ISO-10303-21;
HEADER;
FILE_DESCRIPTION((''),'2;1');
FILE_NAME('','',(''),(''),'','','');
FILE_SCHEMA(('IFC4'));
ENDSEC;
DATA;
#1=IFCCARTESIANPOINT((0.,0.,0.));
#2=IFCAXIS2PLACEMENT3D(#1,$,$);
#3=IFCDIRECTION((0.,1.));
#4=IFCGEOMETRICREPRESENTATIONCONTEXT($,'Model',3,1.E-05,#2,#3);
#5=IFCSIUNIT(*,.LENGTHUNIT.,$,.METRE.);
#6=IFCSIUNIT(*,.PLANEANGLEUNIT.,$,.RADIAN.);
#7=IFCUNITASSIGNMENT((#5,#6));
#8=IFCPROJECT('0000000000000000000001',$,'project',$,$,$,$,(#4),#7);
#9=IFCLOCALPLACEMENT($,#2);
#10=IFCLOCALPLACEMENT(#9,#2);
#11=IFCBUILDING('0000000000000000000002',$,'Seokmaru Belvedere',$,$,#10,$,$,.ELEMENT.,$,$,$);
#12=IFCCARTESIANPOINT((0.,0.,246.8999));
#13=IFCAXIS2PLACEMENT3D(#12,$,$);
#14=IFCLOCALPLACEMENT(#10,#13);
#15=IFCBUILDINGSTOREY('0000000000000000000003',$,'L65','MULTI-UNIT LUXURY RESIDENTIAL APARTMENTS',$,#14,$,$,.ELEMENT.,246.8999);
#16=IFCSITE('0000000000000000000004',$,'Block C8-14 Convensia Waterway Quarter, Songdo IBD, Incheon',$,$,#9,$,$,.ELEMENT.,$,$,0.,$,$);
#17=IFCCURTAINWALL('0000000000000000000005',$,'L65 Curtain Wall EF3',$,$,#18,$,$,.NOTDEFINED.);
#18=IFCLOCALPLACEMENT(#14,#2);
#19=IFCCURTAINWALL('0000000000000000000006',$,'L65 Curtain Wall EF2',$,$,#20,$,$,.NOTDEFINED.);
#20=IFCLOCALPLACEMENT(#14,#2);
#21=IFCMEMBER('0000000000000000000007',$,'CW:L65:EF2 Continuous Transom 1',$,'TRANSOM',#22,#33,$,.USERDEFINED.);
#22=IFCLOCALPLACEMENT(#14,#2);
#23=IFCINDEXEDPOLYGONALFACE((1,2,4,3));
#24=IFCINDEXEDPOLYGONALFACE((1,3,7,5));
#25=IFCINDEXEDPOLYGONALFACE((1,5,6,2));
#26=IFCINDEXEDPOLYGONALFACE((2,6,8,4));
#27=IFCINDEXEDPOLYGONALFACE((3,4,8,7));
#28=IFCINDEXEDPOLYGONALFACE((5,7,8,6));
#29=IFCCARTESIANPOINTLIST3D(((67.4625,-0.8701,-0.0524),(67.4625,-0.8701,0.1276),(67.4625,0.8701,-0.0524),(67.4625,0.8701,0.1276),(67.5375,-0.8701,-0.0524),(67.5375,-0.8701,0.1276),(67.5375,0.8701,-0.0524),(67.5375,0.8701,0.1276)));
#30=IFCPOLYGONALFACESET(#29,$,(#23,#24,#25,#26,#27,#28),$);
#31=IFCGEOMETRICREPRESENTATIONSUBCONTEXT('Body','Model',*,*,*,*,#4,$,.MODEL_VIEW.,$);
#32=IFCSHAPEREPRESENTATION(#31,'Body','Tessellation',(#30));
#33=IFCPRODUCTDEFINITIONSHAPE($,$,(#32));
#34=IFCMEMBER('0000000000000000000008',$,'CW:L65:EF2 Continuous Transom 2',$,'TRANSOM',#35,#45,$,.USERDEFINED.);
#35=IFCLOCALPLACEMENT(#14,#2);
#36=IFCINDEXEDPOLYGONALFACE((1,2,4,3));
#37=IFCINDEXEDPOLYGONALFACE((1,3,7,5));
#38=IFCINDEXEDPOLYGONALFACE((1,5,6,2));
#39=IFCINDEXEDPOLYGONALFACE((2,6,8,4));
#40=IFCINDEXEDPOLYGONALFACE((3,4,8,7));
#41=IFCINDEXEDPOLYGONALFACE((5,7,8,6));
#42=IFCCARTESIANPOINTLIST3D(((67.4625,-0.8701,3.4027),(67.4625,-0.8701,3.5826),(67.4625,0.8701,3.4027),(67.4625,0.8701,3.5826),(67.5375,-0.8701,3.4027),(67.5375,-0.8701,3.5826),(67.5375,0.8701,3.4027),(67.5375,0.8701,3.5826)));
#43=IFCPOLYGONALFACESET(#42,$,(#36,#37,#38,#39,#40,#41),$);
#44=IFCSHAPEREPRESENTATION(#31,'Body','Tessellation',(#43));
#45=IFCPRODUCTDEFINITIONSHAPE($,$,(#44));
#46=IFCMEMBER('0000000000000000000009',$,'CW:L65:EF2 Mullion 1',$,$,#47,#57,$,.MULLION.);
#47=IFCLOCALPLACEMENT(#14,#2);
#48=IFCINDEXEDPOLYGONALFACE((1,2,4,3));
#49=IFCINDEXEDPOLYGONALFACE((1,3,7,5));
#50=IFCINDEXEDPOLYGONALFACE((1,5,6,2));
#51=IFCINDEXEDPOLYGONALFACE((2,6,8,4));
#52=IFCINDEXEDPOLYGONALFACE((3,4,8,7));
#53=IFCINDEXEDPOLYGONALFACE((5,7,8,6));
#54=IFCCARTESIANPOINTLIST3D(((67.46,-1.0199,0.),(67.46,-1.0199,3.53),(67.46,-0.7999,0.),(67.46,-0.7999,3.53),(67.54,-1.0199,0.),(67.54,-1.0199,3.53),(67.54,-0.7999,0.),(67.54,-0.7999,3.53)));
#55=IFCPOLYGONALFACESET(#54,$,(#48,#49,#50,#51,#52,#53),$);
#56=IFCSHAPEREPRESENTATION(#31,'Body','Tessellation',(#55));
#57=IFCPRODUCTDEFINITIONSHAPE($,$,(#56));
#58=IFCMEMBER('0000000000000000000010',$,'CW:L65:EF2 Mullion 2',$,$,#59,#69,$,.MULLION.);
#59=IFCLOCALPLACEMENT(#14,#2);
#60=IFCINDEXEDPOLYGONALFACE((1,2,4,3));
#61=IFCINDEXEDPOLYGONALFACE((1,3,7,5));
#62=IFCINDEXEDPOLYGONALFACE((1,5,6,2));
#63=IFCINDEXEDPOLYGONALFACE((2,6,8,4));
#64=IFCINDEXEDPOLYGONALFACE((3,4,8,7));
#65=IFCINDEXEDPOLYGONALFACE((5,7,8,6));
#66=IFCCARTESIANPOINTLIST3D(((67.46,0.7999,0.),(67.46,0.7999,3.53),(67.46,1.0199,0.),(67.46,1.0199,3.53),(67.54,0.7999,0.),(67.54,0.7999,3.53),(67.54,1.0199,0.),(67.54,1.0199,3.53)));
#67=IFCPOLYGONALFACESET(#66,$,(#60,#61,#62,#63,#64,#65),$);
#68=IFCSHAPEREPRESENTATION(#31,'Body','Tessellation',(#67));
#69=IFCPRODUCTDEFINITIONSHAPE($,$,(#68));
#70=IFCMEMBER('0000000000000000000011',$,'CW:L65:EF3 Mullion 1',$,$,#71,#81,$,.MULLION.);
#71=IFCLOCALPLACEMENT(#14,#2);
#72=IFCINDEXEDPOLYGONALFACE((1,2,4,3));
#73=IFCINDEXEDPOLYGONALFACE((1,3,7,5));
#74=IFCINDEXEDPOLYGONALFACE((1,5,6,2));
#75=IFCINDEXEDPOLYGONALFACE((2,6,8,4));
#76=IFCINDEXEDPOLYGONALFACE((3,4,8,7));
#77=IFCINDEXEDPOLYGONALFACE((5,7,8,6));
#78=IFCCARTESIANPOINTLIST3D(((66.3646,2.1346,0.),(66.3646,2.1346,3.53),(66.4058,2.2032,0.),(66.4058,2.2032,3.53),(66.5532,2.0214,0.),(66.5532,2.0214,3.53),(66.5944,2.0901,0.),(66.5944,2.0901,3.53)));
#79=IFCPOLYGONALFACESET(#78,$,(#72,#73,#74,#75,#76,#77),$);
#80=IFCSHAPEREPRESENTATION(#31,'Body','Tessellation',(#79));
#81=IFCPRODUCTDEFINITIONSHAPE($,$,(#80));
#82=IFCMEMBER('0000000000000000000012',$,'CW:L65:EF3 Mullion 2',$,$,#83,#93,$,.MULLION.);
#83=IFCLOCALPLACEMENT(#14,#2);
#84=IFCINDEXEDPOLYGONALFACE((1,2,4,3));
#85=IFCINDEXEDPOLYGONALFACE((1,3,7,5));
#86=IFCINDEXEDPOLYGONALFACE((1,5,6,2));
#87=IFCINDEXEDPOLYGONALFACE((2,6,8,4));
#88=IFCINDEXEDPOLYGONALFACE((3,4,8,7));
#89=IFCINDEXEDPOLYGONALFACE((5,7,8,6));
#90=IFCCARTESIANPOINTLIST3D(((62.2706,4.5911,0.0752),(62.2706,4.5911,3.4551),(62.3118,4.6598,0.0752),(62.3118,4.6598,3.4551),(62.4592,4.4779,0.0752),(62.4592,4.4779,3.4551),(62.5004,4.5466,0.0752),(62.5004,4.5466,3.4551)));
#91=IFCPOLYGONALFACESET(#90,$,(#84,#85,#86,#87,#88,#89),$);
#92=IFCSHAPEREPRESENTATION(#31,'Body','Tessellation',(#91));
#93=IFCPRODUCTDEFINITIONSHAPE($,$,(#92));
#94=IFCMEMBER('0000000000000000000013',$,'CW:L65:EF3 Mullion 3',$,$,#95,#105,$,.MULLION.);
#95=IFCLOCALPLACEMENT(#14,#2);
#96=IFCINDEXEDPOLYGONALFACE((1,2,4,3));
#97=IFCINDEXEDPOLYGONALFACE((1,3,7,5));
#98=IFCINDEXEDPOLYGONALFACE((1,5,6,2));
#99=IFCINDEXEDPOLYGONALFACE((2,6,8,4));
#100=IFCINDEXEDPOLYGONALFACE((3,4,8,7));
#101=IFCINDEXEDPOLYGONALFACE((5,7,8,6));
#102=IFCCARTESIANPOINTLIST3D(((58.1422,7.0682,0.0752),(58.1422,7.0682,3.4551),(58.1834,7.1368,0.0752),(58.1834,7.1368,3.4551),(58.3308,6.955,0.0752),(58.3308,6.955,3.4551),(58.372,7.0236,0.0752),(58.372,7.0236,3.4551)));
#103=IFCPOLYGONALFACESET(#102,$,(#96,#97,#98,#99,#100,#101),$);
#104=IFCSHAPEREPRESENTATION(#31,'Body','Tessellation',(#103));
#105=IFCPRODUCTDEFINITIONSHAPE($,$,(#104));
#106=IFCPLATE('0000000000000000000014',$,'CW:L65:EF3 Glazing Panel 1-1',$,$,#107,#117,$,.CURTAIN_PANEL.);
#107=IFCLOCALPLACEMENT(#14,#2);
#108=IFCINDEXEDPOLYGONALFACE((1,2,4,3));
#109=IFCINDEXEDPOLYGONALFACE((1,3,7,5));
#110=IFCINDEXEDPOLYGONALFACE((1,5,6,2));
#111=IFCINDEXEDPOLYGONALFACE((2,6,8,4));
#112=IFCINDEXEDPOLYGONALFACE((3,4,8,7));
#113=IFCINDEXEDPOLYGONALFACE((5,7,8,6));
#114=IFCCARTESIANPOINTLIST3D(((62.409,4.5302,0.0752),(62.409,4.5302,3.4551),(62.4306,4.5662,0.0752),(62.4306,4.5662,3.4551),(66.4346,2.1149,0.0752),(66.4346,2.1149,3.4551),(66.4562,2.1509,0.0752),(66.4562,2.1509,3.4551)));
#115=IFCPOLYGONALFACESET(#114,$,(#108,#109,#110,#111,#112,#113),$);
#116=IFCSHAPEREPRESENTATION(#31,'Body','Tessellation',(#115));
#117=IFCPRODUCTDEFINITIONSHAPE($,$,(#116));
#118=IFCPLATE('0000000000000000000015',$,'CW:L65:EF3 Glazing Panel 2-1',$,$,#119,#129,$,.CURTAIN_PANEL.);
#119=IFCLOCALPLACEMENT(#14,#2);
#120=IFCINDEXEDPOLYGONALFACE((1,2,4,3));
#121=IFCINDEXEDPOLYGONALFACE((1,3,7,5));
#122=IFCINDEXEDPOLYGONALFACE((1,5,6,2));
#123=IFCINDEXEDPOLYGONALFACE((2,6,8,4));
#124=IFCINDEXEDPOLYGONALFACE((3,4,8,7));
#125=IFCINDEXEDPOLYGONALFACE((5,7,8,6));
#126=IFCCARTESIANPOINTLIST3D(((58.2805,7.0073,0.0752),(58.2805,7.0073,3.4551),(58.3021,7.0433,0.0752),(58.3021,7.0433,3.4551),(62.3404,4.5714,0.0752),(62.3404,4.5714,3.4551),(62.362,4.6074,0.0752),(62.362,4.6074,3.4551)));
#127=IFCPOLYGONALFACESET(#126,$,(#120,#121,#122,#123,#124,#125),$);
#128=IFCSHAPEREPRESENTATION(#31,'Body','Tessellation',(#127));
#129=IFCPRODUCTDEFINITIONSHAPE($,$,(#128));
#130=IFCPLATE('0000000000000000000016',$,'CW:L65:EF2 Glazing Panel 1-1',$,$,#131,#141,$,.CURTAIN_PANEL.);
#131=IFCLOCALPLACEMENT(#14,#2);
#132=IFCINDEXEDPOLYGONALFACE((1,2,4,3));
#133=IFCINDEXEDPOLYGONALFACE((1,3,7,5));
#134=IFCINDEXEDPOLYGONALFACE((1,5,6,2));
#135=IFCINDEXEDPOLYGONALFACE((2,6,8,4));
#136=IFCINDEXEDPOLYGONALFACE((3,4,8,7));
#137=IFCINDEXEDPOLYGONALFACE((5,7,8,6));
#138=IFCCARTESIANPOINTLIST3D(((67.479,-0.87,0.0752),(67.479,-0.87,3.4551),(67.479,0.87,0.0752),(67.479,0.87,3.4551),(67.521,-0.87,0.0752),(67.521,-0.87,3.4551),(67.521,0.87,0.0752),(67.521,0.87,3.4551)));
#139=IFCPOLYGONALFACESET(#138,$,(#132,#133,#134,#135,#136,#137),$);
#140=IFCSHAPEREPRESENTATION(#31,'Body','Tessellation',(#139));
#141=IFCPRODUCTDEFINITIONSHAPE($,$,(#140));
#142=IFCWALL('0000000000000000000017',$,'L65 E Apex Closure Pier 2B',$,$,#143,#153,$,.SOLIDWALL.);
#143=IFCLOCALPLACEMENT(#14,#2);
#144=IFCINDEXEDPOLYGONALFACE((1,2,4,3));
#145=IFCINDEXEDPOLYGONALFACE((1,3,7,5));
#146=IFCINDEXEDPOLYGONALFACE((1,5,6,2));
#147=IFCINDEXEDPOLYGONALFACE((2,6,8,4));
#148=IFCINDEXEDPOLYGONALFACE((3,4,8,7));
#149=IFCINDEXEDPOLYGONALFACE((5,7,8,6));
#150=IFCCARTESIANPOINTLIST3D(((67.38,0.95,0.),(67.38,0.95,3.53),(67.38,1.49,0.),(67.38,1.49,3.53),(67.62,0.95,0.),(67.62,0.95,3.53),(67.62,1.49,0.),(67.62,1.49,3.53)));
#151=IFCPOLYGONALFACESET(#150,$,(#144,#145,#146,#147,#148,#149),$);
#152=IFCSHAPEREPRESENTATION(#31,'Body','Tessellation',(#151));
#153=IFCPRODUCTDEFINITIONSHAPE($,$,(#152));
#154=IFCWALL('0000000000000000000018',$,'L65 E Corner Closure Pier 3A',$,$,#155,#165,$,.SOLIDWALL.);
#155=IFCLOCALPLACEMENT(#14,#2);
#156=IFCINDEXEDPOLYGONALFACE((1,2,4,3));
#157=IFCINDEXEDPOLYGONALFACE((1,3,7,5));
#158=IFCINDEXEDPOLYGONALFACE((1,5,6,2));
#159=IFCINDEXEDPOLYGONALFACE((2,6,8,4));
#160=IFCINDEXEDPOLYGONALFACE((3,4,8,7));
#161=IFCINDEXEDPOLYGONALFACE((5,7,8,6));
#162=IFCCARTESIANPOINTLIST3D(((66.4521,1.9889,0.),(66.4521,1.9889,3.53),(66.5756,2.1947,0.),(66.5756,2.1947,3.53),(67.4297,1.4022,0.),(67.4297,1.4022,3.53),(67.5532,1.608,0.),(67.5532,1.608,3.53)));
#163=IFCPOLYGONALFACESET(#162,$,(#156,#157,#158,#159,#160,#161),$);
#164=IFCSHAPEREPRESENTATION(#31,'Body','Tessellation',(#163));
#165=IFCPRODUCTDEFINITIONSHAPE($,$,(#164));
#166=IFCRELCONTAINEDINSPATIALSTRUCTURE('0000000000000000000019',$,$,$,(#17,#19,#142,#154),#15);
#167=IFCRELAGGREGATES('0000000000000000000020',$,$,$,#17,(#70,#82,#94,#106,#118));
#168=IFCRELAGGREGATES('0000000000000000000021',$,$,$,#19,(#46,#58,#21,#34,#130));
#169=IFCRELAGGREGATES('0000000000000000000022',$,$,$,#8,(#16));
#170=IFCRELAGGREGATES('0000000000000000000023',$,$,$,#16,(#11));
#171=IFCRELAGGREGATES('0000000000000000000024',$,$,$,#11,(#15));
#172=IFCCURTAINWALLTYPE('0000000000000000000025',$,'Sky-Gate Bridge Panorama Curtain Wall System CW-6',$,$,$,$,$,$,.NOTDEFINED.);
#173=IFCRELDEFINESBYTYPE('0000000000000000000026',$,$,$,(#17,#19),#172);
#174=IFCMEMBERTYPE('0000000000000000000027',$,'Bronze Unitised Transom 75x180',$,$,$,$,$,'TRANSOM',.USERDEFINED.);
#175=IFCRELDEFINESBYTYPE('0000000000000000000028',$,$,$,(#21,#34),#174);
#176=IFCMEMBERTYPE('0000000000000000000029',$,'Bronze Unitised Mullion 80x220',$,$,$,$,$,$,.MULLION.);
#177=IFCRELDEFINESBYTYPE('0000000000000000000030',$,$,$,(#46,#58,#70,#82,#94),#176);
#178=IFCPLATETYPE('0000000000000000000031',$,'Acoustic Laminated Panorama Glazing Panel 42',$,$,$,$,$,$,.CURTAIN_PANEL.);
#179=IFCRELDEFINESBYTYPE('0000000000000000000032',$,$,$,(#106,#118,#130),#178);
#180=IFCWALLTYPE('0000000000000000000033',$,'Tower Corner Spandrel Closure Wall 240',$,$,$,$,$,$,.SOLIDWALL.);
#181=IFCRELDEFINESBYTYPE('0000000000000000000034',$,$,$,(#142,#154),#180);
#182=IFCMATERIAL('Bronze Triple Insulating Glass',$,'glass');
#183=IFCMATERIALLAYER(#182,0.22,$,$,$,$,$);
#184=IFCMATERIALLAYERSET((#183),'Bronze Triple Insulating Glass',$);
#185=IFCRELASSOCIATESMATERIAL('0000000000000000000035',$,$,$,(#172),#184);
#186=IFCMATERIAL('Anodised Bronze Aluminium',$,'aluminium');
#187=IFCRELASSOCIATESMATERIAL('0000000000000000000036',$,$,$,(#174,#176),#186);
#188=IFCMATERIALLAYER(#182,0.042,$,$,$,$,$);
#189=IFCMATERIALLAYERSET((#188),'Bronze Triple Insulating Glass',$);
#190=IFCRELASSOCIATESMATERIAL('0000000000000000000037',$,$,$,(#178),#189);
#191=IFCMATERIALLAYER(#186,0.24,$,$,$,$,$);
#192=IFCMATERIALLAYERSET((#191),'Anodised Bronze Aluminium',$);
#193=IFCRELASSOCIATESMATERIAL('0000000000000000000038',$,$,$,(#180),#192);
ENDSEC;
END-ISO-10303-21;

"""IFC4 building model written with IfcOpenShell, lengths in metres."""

from ifc_helpers import new_model, si_unit, direction, frame, frame_2d, origin, origin_2d, place, context, subcontext, project, spatial, rectangle, extrude, source, transform, mapped, material, layer, layer_set, material_profile, profile_set, type_object, type_shapes, element, aggregate, save


model = new_model("IFC4")

# Units and contexts
model_context = context("Model", 3, precision=1e-05, world=origin(), true_north=direction((0.0, 1.0)))
body_context = subcontext(model_context, "Body", "Model", "MODEL_VIEW")
ifc_project = project(units=[si_unit("LENGTHUNIT", "METRE"), si_unit("PLANEANGLEUNIT", "RADIAN")], contexts=[model_context])

# Site, building, storey
site_placement = place(None, origin())
site = spatial("IfcSite", under=ifc_project, at=site_placement, Name="Block C8-14 Convensia Waterway Quarter, Songdo IBD, Incheon", CompositionType="ELEMENT", RefElevation=0.0)
building_placement = place(site_placement, origin())
building = spatial("IfcBuilding", under=site, at=building_placement, Name="Seokmaru Belvedere", CompositionType="ELEMENT")
storey_placement = place(building_placement, frame((0.0, 0.0, 246.8999)))
storey = spatial("IfcBuildingStorey", under=building, at=storey_placement, Name="L65", Description="MULTI-UNIT LUXURY RESIDENTIAL APARTMENTS", CompositionType="ELEMENT", Elevation=246.8999)

# Curtain walls, members
ifc_material_1 = material(Name="Bronze Triple Insulating Glass", Category="glass")
ifc_layer_1 = layer(ifc_material_1, 0.22)
ifc_layer_set_1 = layer_set([ifc_layer_1], Name="Bronze Triple Insulating Glass")
curtain_wall_type = type_object("IfcCurtainWallType", Name="Sky-Gate Bridge Panorama Curtain Wall System CW-6", PredefinedType="NOTDEFINED", material=ifc_layer_set_1)
curtain_wall_1_placement = place(storey_placement, origin())
curtain_wall_1 = element("IfcCurtainWall", 1, at=curtain_wall_1_placement, inside=storey, type_object=curtain_wall_type, Name="L65 Curtain Wall EF3", PredefinedType="NOTDEFINED")
ifc_material_2 = material(Name="Anodised Bronze Aluminium", Category="aluminium")
ifc_material_profile_1 = material_profile(ifc_material_2, rectangle(XDim=0.075, YDim=0.1799, at=origin_2d()), Name="CW-T-75x180")
ifc_profile_set_1 = profile_set([ifc_material_profile_1], Name="Anodised Bronze Aluminium")
member_type_1 = type_object("IfcMemberType", Name="Bronze Unitised Transom 75x180", ElementType="TRANSOM", PredefinedType="USERDEFINED", material=ifc_profile_set_1)
curtain_wall_2_placement = place(storey_placement, origin())
curtain_wall_2 = element("IfcCurtainWall", 2, at=curtain_wall_2_placement, inside=storey, type_object=curtain_wall_type, Name="L65 Curtain Wall EF2", PredefinedType="NOTDEFINED")
shared_shape_1 = source(origin(), body_context, "Body", "SweptSolid", [
    extrude(rectangle(XDim=0.075, YDim=0.1799, at=origin_2d()), origin(), (0.0, 0.0, 1.0), 1.7402),
])
member_1_placement = place(storey_placement, frame((67.5, -0.8701, 0.0376), z_axis=(0.0, 1.0, 0.0), x_axis=(-1.0, 0.0, 0.0)))
member_1 = element("IfcMember", 3, at=member_1_placement, type_object=member_type_1, Name="CW:L65:EF2 Continuous Transom 1", ObjectType="TRANSOM", PredefinedType="USERDEFINED", context=body_context, shape_type="MappedRepresentation", body=[
    mapped(shared_shape_1, transform((0.0, 0.0, 0.0), scale=1.0)),
])
member_2_placement = place(storey_placement, frame((67.5, -0.8701, 3.4927), z_axis=(0.0, 1.0, 0.0), x_axis=(-1.0, 0.0, 0.0)))
member_2 = element("IfcMember", 4, at=member_2_placement, type_object=member_type_1, Name="CW:L65:EF2 Continuous Transom 2", ObjectType="TRANSOM", PredefinedType="USERDEFINED", context=body_context, shape_type="MappedRepresentation", body=[
    mapped(shared_shape_1, transform((0.0, 0.0, 0.0), scale=1.0)),
])
ifc_material_profile_2 = material_profile(ifc_material_2, rectangle(XDim=0.0801, YDim=0.22, at=origin_2d()), Name="CW-M-80x220")
ifc_profile_set_2 = profile_set([ifc_material_profile_2], Name="Anodised Bronze Aluminium")
member_type_2 = type_object("IfcMemberType", Name="Bronze Unitised Mullion 80x220", PredefinedType="MULLION", material=ifc_profile_set_2)
shared_shape_2 = source(origin(), body_context, "Body", "SweptSolid", [
    extrude(rectangle(XDim=0.0801, YDim=0.22, at=origin_2d()), origin(), (0.0, 0.0, 1.0), 3.53),
])
member_3_placement = place(storey_placement, frame((67.5, -0.9099, 0.0), z_axis=(0.0, 0.0, 1.0), x_axis=(-1.0, 0.0, 0.0)))
member_3 = element("IfcMember", 5, at=member_3_placement, type_object=member_type_2, Name="CW:L65:EF2 Mullion 1", PredefinedType="MULLION", context=body_context, shape_type="MappedRepresentation", body=[
    mapped(shared_shape_2, transform((0.0, 0.0, 0.0), scale=1.0)),
])
member_4_placement = place(storey_placement, frame((67.5, 0.9099, 0.0), z_axis=(0.0, 0.0, 1.0), x_axis=(-1.0, 0.0, 0.0)))
member_4 = element("IfcMember", 6, at=member_4_placement, type_object=member_type_2, Name="CW:L65:EF2 Mullion 2", PredefinedType="MULLION", context=body_context, shape_type="MappedRepresentation", body=[
    mapped(shared_shape_2, transform((0.0, 0.0, 0.0), scale=1.0)),
])

# Members
member_5_placement = place(storey_placement, frame((66.4795, 2.1123, 0.0), z_axis=(0.0, 0.0, 1.0), x_axis=(-0.514495, -0.857493, 0.0)))
member_5 = element("IfcMember", 7, at=member_5_placement, type_object=member_type_2, Name="CW:L65:EF3 Mullion 1", PredefinedType="MULLION", context=body_context, shape_type="MappedRepresentation", body=[
    mapped(shared_shape_2, transform((0.0, 0.0, 0.0), scale=1.0)),
])
shared_shape_3 = source(origin(), body_context, "Body", "SweptSolid", [
    extrude(rectangle(XDim=0.0801, YDim=0.22, at=origin_2d()), origin(), (0.0, 0.0, 1.0), 3.3799),
])
type_shapes(member_type_2, [shared_shape_2, shared_shape_3])
member_6_placement = place(storey_placement, frame((62.3855, 4.5688, 0.0752), z_axis=(0.0, 0.0, 1.0), x_axis=(-0.514495, -0.857493, 0.0)))
member_6 = element("IfcMember", 8, at=member_6_placement, type_object=member_type_2, Name="CW:L65:EF3 Mullion 2", PredefinedType="MULLION", context=body_context, shape_type="MappedRepresentation", body=[
    mapped(shared_shape_3, transform((0.0, 0.0, 0.0), scale=1.0)),
])
member_7_placement = place(storey_placement, frame((58.2571, 7.0459, 0.0752), z_axis=(0.0, 0.0, 1.0), x_axis=(-0.514495, -0.857493, 0.0)))
member_7 = element("IfcMember", 9, at=member_7_placement, type_object=member_type_2, Name="CW:L65:EF3 Mullion 3", PredefinedType="MULLION", context=body_context, shape_type="MappedRepresentation", body=[
    mapped(shared_shape_3, transform((0.0, 0.0, 0.0), scale=1.0)),
])

# Plates
ifc_layer_2 = layer(ifc_material_1, 0.042)
ifc_layer_set_2 = layer_set([ifc_layer_2], Name="Bronze Triple Insulating Glass")
plate_type = type_object("IfcPlateType", Name="Acoustic Laminated Panorama Glazing Panel 42", PredefinedType="CURTAIN_PANEL", material=ifc_layer_set_2)
shared_shape_4 = source(origin(), body_context, "Body", "SweptSolid", [
    extrude(rectangle(XDim=4.6946, YDim=0.042, at=origin_2d()), origin(), (0.0, 0.0, 1.0), 3.3799),
])
plate_1_placement = place(storey_placement, frame((64.4326, 3.3406, 0.0752), z_axis=(0.0, 0.0, 1.0), x_axis=(-0.857493, 0.514495, 0.0)))
plate_1 = element("IfcPlate", 10, at=plate_1_placement, type_object=plate_type, Name="CW:L65:EF3 Glazing Panel 1-1", PredefinedType="CURTAIN_PANEL", context=body_context, shape_type="MappedRepresentation", body=[
    mapped(shared_shape_4, transform((0.0, 0.0, 0.0), scale=1.0)),
])
shared_shape_5 = source(origin(), body_context, "Body", "SweptSolid", [
    extrude(rectangle(XDim=4.7346, YDim=0.042, at=origin_2d()), origin(), (0.0, 0.0, 1.0), 3.3799),
])
plate_2_placement = place(storey_placement, frame((60.3213, 5.8074, 0.0752), z_axis=(0.0, 0.0, 1.0), x_axis=(-0.857493, 0.514495, 0.0)))
plate_2 = element("IfcPlate", 11, at=plate_2_placement, type_object=plate_type, Name="CW:L65:EF3 Glazing Panel 2-1", PredefinedType="CURTAIN_PANEL", context=body_context, shape_type="MappedRepresentation", body=[
    mapped(shared_shape_5, transform((0.0, 0.0, 0.0), scale=1.0)),
])
aggregate(curtain_wall_1, [member_5, member_6, member_7, plate_1, plate_2])
shared_shape_6 = source(origin(), body_context, "Body", "SweptSolid", [
    extrude(rectangle(XDim=1.74, YDim=0.042, at=origin_2d()), origin(), (0.0, 0.0, 1.0), 3.3799),
])
type_shapes(plate_type, [shared_shape_4, shared_shape_5, shared_shape_6])
plate_3_placement = place(storey_placement, frame((67.5, 0.0, 0.0752), z_axis=(0.0, 0.0, 1.0), x_axis=(0.0, 1.0, 0.0)))
plate_3 = element("IfcPlate", 12, at=plate_3_placement, type_object=plate_type, Name="CW:L65:EF2 Glazing Panel 1-1", PredefinedType="CURTAIN_PANEL", context=body_context, shape_type="MappedRepresentation", body=[
    mapped(shared_shape_6, transform((0.0, 0.0, 0.0), scale=1.0)),
])
aggregate(curtain_wall_2, [member_3, member_4, member_1, member_2, plate_3])

# Walls
ifc_layer_3 = layer(ifc_material_2, 0.24)
ifc_layer_set_3 = layer_set([ifc_layer_3], Name="Anodised Bronze Aluminium")
wall_type = type_object("IfcWallType", Name="Tower Corner Spandrel Closure Wall 240", PredefinedType="SOLIDWALL", material=ifc_layer_set_3)
wall_1_placement = place(storey_placement, frame((67.5, 0.95, 0.0), z_axis=(0.0, 0.0, 1.0), x_axis=(0.0, 1.0, 0.0)))
element("IfcWall", 13, at=wall_1_placement, inside=storey, type_object=wall_type, Name="L65 E Apex Closure Pier 2B", PredefinedType="SOLIDWALL", context=body_context, shape_type="SweptSolid", body=[
    extrude(rectangle(XDim=0.54, YDim=0.24, at=frame_2d((0.27, 0.0))), origin(), (0.0, 0.0, 1.0), 3.53),
])
wall_2_placement = place(storey_placement, frame((67.4915, 1.5051, 0.0), z_axis=(0.0, 0.0, 1.0), x_axis=(-0.857436, 0.51459, 0.0)))
element("IfcWall", 14, at=wall_2_placement, inside=storey, type_object=wall_type, Name="L65 E Corner Closure Pier 3A", PredefinedType="SOLIDWALL", context=body_context, shape_type="SweptSolid", body=[
    extrude(rectangle(XDim=1.1401, YDim=0.24, at=frame_2d((0.5701, 0.0))), origin(), (0.0, 0.0, 1.0), 3.53),
])

save(model, "model.ifc")
